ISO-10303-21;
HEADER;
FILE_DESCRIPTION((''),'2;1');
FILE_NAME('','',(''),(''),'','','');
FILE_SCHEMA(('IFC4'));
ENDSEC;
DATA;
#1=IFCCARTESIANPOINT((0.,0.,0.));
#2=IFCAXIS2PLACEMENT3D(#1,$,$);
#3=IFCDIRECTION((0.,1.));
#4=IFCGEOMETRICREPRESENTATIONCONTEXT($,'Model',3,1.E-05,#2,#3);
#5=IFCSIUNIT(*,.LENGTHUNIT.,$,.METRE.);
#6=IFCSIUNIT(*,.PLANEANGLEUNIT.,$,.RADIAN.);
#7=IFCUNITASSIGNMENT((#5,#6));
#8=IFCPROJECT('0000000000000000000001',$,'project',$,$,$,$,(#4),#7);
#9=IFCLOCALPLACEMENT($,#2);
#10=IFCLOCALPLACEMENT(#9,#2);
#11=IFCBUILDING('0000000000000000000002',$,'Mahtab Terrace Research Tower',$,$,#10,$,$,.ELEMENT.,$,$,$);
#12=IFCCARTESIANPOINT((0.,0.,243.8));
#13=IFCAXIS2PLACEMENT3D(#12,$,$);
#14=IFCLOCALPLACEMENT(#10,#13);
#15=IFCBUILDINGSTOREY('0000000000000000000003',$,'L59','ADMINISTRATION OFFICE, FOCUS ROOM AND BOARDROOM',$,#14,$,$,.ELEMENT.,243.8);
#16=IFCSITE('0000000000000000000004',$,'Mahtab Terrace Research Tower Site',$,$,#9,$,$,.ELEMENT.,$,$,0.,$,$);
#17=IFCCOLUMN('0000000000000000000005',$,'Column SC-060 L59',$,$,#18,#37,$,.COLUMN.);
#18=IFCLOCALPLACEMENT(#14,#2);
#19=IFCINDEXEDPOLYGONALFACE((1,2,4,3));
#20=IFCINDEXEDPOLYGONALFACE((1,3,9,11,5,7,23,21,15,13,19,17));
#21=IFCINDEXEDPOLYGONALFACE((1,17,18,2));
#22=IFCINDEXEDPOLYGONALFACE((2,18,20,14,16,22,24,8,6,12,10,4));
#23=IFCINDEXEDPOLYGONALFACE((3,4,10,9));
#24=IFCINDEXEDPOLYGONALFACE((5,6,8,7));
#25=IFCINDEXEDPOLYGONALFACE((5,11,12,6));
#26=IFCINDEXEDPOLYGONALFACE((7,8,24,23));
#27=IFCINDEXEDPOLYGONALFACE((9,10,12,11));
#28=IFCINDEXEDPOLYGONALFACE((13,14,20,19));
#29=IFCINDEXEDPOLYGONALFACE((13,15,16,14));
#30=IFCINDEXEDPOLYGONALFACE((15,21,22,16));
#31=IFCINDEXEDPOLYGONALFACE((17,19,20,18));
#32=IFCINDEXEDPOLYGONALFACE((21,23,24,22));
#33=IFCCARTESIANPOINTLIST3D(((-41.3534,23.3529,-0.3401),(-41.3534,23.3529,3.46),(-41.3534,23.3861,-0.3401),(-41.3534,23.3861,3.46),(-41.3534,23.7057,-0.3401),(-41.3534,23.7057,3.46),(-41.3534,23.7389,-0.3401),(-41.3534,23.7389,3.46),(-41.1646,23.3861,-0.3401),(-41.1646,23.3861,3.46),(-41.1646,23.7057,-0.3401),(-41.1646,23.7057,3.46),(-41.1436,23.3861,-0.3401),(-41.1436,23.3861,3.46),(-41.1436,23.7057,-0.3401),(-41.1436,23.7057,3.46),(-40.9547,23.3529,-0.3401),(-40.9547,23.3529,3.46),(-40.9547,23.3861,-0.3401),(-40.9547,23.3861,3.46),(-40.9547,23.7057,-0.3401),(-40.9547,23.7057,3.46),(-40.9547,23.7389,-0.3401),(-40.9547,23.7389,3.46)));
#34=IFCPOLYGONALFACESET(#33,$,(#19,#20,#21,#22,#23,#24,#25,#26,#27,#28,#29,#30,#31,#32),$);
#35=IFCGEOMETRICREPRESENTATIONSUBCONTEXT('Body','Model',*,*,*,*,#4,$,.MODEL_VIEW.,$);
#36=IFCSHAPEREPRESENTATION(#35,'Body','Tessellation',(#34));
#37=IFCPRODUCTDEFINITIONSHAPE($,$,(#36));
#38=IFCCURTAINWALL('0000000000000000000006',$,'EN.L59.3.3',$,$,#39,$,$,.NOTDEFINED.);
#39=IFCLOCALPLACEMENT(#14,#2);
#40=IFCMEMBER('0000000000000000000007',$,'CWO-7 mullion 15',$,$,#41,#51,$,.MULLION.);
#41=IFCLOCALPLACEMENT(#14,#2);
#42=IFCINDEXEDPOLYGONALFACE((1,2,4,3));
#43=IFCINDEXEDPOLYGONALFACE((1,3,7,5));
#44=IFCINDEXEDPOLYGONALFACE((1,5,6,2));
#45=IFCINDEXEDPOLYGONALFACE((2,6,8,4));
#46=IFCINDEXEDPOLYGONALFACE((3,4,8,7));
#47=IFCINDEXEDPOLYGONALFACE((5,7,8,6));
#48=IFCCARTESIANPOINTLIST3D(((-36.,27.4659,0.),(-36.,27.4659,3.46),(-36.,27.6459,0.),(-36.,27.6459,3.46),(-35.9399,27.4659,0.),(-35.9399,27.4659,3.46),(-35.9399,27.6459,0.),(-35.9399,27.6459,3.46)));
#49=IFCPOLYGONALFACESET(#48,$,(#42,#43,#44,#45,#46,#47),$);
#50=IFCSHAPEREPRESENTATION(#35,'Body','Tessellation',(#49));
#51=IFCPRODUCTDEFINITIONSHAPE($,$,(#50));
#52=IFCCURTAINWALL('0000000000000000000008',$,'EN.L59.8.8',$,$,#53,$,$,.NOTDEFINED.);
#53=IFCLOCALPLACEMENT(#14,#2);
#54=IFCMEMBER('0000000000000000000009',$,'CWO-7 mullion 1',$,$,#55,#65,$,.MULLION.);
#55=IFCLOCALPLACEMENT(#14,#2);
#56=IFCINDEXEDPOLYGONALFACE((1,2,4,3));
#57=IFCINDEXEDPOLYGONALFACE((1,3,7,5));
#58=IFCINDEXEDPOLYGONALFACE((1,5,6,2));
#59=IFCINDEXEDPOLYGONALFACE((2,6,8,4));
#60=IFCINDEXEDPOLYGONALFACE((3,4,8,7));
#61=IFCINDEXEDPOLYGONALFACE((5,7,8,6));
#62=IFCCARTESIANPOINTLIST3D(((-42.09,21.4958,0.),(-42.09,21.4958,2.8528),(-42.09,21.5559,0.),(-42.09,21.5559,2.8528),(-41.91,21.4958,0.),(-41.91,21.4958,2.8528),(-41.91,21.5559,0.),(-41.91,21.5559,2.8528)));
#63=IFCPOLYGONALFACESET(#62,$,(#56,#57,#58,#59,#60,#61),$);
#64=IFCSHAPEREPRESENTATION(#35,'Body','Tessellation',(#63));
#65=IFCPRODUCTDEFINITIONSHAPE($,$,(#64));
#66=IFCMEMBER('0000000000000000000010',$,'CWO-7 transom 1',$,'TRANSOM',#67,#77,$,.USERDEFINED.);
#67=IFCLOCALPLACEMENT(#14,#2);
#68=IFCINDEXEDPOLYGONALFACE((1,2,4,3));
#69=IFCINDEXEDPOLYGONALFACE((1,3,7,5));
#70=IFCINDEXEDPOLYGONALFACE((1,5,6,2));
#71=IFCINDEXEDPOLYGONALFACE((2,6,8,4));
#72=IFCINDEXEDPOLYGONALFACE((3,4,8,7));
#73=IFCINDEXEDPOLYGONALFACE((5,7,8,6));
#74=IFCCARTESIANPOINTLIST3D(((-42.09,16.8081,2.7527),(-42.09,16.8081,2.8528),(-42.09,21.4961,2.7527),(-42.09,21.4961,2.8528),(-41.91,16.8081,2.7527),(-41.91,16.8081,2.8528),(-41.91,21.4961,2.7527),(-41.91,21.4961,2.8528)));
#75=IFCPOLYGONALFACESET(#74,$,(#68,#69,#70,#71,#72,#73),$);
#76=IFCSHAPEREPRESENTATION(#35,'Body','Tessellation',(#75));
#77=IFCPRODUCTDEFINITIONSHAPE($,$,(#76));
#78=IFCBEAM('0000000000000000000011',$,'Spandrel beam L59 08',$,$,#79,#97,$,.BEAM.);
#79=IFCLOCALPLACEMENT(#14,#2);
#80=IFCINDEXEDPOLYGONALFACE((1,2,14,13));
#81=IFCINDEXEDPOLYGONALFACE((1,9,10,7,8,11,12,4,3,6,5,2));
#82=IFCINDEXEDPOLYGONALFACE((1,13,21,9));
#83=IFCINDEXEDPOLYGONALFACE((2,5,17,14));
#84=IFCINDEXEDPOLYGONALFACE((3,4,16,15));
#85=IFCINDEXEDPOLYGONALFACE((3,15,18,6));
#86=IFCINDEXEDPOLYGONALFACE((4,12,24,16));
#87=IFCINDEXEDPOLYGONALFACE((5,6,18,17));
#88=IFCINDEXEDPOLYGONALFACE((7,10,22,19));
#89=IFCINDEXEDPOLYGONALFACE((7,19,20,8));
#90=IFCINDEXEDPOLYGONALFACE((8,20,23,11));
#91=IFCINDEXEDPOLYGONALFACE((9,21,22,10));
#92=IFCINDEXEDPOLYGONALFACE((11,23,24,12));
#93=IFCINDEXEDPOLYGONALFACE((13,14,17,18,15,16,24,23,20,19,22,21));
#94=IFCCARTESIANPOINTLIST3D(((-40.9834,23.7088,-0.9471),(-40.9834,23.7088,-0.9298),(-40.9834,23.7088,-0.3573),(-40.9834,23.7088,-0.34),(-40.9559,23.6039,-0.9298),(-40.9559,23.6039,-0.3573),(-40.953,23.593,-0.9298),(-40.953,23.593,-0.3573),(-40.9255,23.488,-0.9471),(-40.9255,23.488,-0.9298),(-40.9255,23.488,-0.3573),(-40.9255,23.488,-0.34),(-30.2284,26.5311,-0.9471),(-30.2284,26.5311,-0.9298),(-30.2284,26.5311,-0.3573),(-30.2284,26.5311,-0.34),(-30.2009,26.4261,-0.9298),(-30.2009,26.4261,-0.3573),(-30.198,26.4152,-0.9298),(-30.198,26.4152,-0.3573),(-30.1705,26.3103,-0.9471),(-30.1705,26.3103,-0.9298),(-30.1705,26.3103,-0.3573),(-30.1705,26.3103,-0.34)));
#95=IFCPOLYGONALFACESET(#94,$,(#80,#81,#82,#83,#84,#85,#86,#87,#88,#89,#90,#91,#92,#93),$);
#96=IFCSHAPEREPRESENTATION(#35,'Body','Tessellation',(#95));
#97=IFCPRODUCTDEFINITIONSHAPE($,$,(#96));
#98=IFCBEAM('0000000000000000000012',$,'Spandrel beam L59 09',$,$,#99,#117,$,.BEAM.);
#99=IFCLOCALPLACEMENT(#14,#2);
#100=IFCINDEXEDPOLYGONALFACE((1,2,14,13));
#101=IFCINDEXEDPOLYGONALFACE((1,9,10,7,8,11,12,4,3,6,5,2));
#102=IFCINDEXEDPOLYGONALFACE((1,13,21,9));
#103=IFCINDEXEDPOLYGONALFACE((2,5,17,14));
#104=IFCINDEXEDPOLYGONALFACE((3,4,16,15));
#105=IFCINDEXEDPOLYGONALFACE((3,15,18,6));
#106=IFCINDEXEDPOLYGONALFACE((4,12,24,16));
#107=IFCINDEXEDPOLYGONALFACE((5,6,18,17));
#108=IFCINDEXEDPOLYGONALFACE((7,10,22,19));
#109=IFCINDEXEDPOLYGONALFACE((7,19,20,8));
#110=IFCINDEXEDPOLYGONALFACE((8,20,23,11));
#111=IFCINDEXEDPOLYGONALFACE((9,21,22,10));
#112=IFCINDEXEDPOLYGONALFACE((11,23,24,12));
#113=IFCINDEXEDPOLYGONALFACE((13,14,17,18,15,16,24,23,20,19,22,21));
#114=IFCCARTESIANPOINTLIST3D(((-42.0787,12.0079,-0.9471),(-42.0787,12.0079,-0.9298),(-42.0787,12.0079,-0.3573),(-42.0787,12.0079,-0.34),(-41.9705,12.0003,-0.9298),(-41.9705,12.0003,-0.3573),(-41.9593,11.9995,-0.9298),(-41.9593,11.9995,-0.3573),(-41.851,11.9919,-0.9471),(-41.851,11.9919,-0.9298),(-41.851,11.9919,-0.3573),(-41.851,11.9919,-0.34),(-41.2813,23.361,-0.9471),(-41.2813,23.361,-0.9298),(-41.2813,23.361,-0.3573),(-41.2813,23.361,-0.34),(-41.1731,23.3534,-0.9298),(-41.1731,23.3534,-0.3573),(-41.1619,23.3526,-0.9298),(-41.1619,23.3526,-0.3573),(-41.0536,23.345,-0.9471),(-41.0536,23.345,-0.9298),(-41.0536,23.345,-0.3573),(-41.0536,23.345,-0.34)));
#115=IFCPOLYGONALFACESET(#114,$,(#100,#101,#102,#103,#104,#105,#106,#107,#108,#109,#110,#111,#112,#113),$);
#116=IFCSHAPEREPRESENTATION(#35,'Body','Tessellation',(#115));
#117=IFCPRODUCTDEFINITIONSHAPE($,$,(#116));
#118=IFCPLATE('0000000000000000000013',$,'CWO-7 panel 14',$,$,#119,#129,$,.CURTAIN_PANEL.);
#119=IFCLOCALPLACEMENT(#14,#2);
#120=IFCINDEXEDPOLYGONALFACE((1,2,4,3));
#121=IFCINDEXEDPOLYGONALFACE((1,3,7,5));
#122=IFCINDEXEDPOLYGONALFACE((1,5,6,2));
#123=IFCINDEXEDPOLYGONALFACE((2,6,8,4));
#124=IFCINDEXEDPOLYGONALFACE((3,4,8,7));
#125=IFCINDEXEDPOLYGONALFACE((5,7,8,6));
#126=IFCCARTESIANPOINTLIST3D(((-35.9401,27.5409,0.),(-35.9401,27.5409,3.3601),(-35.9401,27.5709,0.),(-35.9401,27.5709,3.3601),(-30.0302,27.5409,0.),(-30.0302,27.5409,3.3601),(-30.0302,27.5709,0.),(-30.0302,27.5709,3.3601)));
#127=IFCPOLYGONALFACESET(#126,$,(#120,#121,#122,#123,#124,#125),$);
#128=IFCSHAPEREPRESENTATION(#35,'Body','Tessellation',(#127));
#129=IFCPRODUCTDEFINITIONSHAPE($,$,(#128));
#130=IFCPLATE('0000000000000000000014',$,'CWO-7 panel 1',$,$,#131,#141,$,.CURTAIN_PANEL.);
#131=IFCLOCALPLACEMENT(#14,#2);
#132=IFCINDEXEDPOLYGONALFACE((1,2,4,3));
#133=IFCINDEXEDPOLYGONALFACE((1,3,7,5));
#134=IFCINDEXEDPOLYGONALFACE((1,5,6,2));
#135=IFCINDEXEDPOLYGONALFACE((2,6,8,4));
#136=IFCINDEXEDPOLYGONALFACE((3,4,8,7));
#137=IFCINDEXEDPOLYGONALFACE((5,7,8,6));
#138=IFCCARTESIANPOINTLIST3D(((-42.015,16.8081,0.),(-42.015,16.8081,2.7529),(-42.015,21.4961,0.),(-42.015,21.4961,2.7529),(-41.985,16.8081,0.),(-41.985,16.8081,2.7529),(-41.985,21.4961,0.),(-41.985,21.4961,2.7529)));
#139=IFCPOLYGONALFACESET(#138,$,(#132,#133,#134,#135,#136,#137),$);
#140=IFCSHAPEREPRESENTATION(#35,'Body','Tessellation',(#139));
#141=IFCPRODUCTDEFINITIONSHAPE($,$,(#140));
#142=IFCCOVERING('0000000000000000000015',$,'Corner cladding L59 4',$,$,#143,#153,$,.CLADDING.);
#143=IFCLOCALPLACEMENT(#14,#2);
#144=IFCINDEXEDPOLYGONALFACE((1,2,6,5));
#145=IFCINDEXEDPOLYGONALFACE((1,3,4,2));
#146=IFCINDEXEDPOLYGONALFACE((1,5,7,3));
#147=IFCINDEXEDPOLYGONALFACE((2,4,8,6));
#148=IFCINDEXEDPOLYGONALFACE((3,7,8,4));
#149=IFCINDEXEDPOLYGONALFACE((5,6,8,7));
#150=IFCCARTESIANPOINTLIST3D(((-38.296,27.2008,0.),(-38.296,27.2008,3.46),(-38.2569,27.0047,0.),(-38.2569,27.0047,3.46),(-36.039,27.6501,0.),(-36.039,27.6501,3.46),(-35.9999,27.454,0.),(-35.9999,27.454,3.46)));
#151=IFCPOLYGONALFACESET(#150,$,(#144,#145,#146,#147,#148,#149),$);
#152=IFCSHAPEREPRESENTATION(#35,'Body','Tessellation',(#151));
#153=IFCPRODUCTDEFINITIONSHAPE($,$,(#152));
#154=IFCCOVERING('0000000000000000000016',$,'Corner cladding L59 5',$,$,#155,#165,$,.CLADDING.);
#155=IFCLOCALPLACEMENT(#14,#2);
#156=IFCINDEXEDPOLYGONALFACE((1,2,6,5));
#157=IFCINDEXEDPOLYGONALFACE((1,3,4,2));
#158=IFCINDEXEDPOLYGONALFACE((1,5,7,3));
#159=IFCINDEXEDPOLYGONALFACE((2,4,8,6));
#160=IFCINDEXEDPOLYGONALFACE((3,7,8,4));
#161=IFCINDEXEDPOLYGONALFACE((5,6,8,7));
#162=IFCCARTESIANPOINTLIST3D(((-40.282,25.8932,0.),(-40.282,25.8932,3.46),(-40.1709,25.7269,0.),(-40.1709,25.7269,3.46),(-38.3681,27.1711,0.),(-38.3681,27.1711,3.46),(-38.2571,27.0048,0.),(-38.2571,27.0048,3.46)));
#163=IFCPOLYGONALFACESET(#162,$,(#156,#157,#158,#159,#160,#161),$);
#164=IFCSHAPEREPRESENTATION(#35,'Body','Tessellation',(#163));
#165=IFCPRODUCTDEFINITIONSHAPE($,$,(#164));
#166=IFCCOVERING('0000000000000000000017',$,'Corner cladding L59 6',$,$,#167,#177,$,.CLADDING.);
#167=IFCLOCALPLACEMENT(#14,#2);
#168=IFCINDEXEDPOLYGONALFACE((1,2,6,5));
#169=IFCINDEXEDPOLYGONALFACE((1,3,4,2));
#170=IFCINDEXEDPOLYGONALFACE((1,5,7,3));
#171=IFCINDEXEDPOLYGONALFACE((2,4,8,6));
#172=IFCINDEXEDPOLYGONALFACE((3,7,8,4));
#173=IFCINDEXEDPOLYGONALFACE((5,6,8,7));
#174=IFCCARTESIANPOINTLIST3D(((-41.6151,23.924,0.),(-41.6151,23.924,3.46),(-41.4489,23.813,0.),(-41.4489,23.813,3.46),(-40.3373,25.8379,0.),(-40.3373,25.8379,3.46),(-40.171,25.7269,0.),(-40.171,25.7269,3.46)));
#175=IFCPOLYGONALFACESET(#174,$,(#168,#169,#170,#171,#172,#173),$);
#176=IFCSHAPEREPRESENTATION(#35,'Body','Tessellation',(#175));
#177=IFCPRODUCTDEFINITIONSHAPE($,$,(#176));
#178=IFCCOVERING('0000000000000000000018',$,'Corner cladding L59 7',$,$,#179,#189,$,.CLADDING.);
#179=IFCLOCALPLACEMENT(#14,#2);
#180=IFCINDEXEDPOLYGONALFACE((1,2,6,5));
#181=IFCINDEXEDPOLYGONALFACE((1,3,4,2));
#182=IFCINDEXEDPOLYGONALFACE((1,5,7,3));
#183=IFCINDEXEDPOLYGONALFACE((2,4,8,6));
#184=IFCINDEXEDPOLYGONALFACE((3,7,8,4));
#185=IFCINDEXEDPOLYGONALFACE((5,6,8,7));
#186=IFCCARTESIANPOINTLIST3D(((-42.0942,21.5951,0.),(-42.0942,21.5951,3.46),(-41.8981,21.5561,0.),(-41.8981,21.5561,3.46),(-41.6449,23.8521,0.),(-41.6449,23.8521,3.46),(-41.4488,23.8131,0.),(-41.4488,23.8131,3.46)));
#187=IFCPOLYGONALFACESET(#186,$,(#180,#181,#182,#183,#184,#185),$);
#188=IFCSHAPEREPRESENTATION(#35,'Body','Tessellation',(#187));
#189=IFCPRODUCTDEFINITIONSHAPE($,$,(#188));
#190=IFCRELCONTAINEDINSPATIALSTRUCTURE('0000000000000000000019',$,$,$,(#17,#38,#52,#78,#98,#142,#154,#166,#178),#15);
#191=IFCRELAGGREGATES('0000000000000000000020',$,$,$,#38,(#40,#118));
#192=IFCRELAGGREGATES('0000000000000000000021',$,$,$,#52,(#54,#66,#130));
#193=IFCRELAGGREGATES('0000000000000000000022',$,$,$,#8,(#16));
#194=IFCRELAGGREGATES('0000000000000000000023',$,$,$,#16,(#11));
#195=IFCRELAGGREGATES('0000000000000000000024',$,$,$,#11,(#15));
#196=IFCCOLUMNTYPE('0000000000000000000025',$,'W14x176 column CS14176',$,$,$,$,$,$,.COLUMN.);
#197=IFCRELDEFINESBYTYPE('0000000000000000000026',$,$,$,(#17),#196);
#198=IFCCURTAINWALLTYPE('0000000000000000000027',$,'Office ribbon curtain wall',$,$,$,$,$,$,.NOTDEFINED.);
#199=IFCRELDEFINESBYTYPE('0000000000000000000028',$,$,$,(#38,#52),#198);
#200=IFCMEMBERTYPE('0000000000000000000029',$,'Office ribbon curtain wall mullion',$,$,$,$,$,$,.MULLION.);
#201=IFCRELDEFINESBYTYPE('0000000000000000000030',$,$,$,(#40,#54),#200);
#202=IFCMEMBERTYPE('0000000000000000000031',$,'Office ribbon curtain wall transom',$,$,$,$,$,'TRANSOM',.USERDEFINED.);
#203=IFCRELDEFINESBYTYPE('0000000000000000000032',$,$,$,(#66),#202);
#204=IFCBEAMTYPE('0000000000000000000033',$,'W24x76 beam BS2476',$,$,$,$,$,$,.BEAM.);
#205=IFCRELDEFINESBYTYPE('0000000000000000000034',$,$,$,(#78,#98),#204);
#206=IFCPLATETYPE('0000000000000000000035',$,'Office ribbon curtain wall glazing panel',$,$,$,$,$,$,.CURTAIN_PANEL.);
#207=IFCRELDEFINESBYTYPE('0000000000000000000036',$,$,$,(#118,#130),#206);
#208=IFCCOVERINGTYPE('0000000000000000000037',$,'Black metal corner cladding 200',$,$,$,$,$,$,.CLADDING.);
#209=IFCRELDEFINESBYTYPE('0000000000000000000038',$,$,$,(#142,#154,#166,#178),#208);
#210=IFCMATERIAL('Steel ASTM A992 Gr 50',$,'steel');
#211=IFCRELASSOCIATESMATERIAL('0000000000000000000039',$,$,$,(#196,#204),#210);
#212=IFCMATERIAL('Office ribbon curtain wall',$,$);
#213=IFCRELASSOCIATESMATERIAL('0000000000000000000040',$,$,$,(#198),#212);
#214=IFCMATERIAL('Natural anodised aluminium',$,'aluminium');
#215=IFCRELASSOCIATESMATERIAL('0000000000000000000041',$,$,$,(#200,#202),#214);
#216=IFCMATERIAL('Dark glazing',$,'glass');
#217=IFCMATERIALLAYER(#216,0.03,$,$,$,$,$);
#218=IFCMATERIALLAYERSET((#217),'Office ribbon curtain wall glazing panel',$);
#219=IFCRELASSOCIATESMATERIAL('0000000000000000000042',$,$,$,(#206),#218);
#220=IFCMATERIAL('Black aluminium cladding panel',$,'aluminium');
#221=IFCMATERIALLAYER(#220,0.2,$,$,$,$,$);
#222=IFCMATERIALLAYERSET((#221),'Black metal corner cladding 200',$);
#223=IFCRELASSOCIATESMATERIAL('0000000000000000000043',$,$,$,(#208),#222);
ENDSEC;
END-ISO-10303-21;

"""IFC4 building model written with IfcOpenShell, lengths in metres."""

from ifc_helpers import new_model, si_unit, direction, frame, origin, origin_2d, place, context, subcontext, project, spatial, rectangle, i_section, extrude, material, layer, layer_set, material_profile, profile_set, type_object, element, aggregate, save


model = new_model("IFC4")

# Units and contexts
model_context = context("Model", 3, precision=1e-05, world=origin(), true_north=direction((0.0, 1.0)))
body_context = subcontext(model_context, "Body", "Model", "MODEL_VIEW")
ifc_project = project(units=[si_unit("LENGTHUNIT", "METRE"), si_unit("PLANEANGLEUNIT", "RADIAN")], contexts=[model_context])

# Site, building, storey
site_placement = place(None, origin())
site = spatial("IfcSite", under=ifc_project, at=site_placement, Name="Mahtab Terrace Research Tower Site", CompositionType="ELEMENT", RefElevation=0.0)
building_placement = place(site_placement, origin())
building = spatial("IfcBuilding", under=site, at=building_placement, Name="Mahtab Terrace Research Tower", CompositionType="ELEMENT")
storey_placement = place(building_placement, frame((0.0, 0.0, 243.8)))
storey = spatial("IfcBuildingStorey", under=building, at=storey_placement, Name="L59", Description="ADMINISTRATION OFFICE, FOCUS ROOM AND BOARDROOM", CompositionType="ELEMENT", Elevation=243.8)

# Column
ifc_material_1 = material(Name="Steel ASTM A992 Gr 50", Category="steel")
ifc_material_profile_1 = material_profile(ifc_material_1, i_section(OverallWidth=0.3987, OverallDepth=0.386, WebThickness=0.021, FlangeThickness=0.0332, at=origin_2d()), Name="W14X176")
ifc_profile_set_1 = profile_set([ifc_material_profile_1], Name="Steel ASTM A992 Gr 50")
column_type = type_object("IfcColumnType", Name="W14x176 column CS14176", PredefinedType="COLUMN", material=ifc_profile_set_1)
column_placement = place(storey_placement, frame((-41.1541, 23.5459, -0.3401), z_axis=(0.0, 0.0, 1.0), x_axis=(1.0, 0.0, 0.0)))
element("IfcColumn", 1, at=column_placement, inside=storey, type_object=column_type, Name="Column SC-060 L59", PredefinedType="COLUMN", context=body_context, shape_type="SweptSolid", body=[
    extrude(i_section(OverallWidth=0.3987, OverallDepth=0.386, WebThickness=0.021, FlangeThickness=0.0332, at=origin_2d()), origin(), (0.0, 0.0, 1.0), 3.8),
])

# Curtain wall, member
ifc_material_2 = material(Name="Office ribbon curtain wall")
curtain_wall_type = type_object("IfcCurtainWallType", Name="Office ribbon curtain wall", PredefinedType="NOTDEFINED", material=ifc_material_2)
curtain_wall_1_placement = place(storey_placement, origin())
curtain_wall_1 = element("IfcCurtainWall", 2, at=curtain_wall_1_placement, inside=storey, type_object=curtain_wall_type, Name="EN.L59.3.3", PredefinedType="NOTDEFINED")
ifc_material_3 = material(Name="Natural anodised aluminium", Category="aluminium")
ifc_material_profile_2 = material_profile(ifc_material_3, rectangle(XDim=0.1799, YDim=0.0601, at=origin_2d()), Name="MULLION 60x180")
ifc_profile_set_2 = profile_set([ifc_material_profile_2], Name="Natural anodised aluminium")
member_type_1 = type_object("IfcMemberType", Name="Office ribbon curtain wall mullion", PredefinedType="MULLION", material=ifc_profile_set_2)
member_1_placement = place(storey_placement, frame((-35.97, 27.5559, 0.0), z_axis=(0.0, 0.0, 1.0), x_axis=(0.0, -1.0, 0.0)))
member_1 = element("IfcMember", 3, at=member_1_placement, type_object=member_type_1, Name="CWO-7 mullion 15", PredefinedType="MULLION", context=body_context, shape_type="SweptSolid", body=[
    extrude(rectangle(XDim=0.1799, YDim=0.0601, at=origin_2d()), origin(), (0.0, 0.0, 1.0), 3.46),
])

# Curtain wall, members
curtain_wall_2_placement = place(storey_placement, origin())
curtain_wall_2 = element("IfcCurtainWall", 4, at=curtain_wall_2_placement, inside=storey, type_object=curtain_wall_type, Name="EN.L59.8.8", PredefinedType="NOTDEFINED")
member_2_placement = place(storey_placement, frame((-42.0, 21.5259, 0.0), z_axis=(0.0, 0.0, 1.0), x_axis=(1.0, 0.0, 0.0)))
member_2 = element("IfcMember", 5, at=member_2_placement, type_object=member_type_1, Name="CWO-7 mullion 1", PredefinedType="MULLION", context=body_context, shape_type="SweptSolid", body=[
    extrude(rectangle(XDim=0.1799, YDim=0.0601, at=origin_2d()), origin(), (0.0, 0.0, 1.0), 2.8528),
])
ifc_material_profile_3 = material_profile(ifc_material_3, rectangle(XDim=0.1799, YDim=0.1001, at=origin_2d()), Name="TRANSOM 100x180")
ifc_profile_set_3 = profile_set([ifc_material_profile_3], Name="Natural anodised aluminium")
member_type_2 = type_object("IfcMemberType", Name="Office ribbon curtain wall transom", ElementType="TRANSOM", PredefinedType="USERDEFINED", material=ifc_profile_set_3)
member_3_placement = place(storey_placement, frame((-42.0, 21.4961, 2.8027), z_axis=(0.0, -1.0, 0.0), x_axis=(1.0, 0.0, 0.0)))
member_3 = element("IfcMember", 6, at=member_3_placement, type_object=member_type_2, Name="CWO-7 transom 1", ObjectType="TRANSOM", PredefinedType="USERDEFINED", context=body_context, shape_type="SweptSolid", body=[
    extrude(rectangle(XDim=0.1799, YDim=0.1001, at=origin_2d()), origin(), (0.0, 0.0, 1.0), 4.688),
])

# Beams
ifc_material_profile_4 = material_profile(ifc_material_1, i_section(OverallWidth=0.2283, OverallDepth=0.6072, WebThickness=0.0112, FlangeThickness=0.0173, at=origin_2d()), Name="W24X76")
ifc_profile_set_4 = profile_set([ifc_material_profile_4], Name="Steel ASTM A992 Gr 50")
beam_type = type_object("IfcBeamType", Name="W24x76 beam BS2476", PredefinedType="BEAM", material=ifc_profile_set_4)
beam_1_placement = place(storey_placement, frame((-30.1995, 26.4207, -0.6436), z_axis=(-0.967252, -0.253818, 0.0), x_axis=(0.253818, -0.967252, 0.0)))
element("IfcBeam", 7, at=beam_1_placement, inside=storey, type_object=beam_type, Name="Spandrel beam L59 08", PredefinedType="BEAM", context=body_context, shape_type="SweptSolid", body=[
    extrude(i_section(OverallWidth=0.2283, OverallDepth=0.6072, WebThickness=0.0112, FlangeThickness=0.0173, at=origin_2d()), origin(), (0.0, 0.0, 1.0), 11.1191),
])
beam_2_placement = place(storey_placement, frame((-41.1675, 23.353, -0.6436), z_axis=(-0.070061, -0.997543, 0.0), x_axis=(0.997543, -0.070061, 0.0)))
element("IfcBeam", 8, at=beam_2_placement, inside=storey, type_object=beam_type, Name="Spandrel beam L59 09", PredefinedType="BEAM", context=body_context, shape_type="SweptSolid", body=[
    extrude(i_section(OverallWidth=0.2283, OverallDepth=0.6072, WebThickness=0.0112, FlangeThickness=0.0173, at=origin_2d()), origin(), (0.0, 0.0, 1.0), 11.3811),
])

# Plates
ifc_material_4 = material(Name="Dark glazing", Category="glass")
ifc_layer_1 = layer(ifc_material_4, 0.03)
ifc_layer_set_1 = layer_set([ifc_layer_1], Name="Office ribbon curtain wall glazing panel")
plate_type = type_object("IfcPlateType", Name="Office ribbon curtain wall glazing panel", PredefinedType="CURTAIN_PANEL", material=ifc_layer_set_1)
plate_1_placement = place(storey_placement, frame((-32.9851, 27.5559, 0.0), z_axis=(0.0, 0.0, 1.0), x_axis=(-1.0, 0.0, 0.0)))
plate_1 = element("IfcPlate", 9, at=plate_1_placement, type_object=plate_type, Name="CWO-7 panel 14", PredefinedType="CURTAIN_PANEL", context=body_context, shape_type="SweptSolid", body=[
    extrude(rectangle(XDim=5.9099, YDim=0.03, at=origin_2d()), origin(), (0.0, 0.0, 1.0), 3.3601),
])
aggregate(curtain_wall_1, [member_1, plate_1])
plate_2_placement = place(storey_placement, frame((-42.0, 19.1521, 0.0), z_axis=(0.0, 0.0, 1.0), x_axis=(0.0, -1.0, 0.0)))
plate_2 = element("IfcPlate", 10, at=plate_2_placement, type_object=plate_type, Name="CWO-7 panel 1", PredefinedType="CURTAIN_PANEL", context=body_context, shape_type="SweptSolid", body=[
    extrude(rectangle(XDim=4.688, YDim=0.03, at=origin_2d()), origin(), (0.0, 0.0, 1.0), 2.7529),
])
aggregate(curtain_wall_2, [member_2, member_3, plate_2])

# Coverings
ifc_material_5 = material(Name="Black aluminium cladding panel", Category="aluminium")
ifc_layer_2 = layer(ifc_material_5, 0.2)
ifc_layer_set_2 = layer_set([ifc_layer_2], Name="Black metal corner cladding 200")
covering_type_1 = type_object("IfcCoveringType", Name="Black metal corner cladding 200", PredefinedType="CLADDING", material=ifc_layer_set_2)
for number, where, z_axis, x_axis, name in (
    (11, (-37.1479, 27.3274, 0.0), (0.0, 0.0, 1.0), (-0.980761, -0.195212, 0.0), "Corner cladding L59 4"),
    (12, (-39.2695, 26.449, 0.0), (0.0, 0.0, 1.0), (-0.831656, -0.555291, 0.0), "Corner cladding L59 5"),
    (13, (-40.8931, 24.8254, 0.0), (0.0, 0.0, 1.0), (-0.555291, -0.831656, 0.0), "Corner cladding L59 6"),
    (14, (-41.7715, 22.7041, 0.0), (0.0, 0.0, 1.0), (-0.195212, -0.980761, 0.0), "Corner cladding L59 7"),
):
    element("IfcCovering", number, at=place(storey_placement, frame(where, z_axis=z_axis, x_axis=x_axis)), inside=storey, type_object=covering_type_1, Name=name, PredefinedType="CLADDING", context=body_context, shape_type="SweptSolid", body=[
        extrude(rectangle(XDim=2.3013, YDim=0.2, at=origin_2d()), origin(), (0.0, 0.0, 1.0), 3.46),
    ])

save(model, "model.ifc")
